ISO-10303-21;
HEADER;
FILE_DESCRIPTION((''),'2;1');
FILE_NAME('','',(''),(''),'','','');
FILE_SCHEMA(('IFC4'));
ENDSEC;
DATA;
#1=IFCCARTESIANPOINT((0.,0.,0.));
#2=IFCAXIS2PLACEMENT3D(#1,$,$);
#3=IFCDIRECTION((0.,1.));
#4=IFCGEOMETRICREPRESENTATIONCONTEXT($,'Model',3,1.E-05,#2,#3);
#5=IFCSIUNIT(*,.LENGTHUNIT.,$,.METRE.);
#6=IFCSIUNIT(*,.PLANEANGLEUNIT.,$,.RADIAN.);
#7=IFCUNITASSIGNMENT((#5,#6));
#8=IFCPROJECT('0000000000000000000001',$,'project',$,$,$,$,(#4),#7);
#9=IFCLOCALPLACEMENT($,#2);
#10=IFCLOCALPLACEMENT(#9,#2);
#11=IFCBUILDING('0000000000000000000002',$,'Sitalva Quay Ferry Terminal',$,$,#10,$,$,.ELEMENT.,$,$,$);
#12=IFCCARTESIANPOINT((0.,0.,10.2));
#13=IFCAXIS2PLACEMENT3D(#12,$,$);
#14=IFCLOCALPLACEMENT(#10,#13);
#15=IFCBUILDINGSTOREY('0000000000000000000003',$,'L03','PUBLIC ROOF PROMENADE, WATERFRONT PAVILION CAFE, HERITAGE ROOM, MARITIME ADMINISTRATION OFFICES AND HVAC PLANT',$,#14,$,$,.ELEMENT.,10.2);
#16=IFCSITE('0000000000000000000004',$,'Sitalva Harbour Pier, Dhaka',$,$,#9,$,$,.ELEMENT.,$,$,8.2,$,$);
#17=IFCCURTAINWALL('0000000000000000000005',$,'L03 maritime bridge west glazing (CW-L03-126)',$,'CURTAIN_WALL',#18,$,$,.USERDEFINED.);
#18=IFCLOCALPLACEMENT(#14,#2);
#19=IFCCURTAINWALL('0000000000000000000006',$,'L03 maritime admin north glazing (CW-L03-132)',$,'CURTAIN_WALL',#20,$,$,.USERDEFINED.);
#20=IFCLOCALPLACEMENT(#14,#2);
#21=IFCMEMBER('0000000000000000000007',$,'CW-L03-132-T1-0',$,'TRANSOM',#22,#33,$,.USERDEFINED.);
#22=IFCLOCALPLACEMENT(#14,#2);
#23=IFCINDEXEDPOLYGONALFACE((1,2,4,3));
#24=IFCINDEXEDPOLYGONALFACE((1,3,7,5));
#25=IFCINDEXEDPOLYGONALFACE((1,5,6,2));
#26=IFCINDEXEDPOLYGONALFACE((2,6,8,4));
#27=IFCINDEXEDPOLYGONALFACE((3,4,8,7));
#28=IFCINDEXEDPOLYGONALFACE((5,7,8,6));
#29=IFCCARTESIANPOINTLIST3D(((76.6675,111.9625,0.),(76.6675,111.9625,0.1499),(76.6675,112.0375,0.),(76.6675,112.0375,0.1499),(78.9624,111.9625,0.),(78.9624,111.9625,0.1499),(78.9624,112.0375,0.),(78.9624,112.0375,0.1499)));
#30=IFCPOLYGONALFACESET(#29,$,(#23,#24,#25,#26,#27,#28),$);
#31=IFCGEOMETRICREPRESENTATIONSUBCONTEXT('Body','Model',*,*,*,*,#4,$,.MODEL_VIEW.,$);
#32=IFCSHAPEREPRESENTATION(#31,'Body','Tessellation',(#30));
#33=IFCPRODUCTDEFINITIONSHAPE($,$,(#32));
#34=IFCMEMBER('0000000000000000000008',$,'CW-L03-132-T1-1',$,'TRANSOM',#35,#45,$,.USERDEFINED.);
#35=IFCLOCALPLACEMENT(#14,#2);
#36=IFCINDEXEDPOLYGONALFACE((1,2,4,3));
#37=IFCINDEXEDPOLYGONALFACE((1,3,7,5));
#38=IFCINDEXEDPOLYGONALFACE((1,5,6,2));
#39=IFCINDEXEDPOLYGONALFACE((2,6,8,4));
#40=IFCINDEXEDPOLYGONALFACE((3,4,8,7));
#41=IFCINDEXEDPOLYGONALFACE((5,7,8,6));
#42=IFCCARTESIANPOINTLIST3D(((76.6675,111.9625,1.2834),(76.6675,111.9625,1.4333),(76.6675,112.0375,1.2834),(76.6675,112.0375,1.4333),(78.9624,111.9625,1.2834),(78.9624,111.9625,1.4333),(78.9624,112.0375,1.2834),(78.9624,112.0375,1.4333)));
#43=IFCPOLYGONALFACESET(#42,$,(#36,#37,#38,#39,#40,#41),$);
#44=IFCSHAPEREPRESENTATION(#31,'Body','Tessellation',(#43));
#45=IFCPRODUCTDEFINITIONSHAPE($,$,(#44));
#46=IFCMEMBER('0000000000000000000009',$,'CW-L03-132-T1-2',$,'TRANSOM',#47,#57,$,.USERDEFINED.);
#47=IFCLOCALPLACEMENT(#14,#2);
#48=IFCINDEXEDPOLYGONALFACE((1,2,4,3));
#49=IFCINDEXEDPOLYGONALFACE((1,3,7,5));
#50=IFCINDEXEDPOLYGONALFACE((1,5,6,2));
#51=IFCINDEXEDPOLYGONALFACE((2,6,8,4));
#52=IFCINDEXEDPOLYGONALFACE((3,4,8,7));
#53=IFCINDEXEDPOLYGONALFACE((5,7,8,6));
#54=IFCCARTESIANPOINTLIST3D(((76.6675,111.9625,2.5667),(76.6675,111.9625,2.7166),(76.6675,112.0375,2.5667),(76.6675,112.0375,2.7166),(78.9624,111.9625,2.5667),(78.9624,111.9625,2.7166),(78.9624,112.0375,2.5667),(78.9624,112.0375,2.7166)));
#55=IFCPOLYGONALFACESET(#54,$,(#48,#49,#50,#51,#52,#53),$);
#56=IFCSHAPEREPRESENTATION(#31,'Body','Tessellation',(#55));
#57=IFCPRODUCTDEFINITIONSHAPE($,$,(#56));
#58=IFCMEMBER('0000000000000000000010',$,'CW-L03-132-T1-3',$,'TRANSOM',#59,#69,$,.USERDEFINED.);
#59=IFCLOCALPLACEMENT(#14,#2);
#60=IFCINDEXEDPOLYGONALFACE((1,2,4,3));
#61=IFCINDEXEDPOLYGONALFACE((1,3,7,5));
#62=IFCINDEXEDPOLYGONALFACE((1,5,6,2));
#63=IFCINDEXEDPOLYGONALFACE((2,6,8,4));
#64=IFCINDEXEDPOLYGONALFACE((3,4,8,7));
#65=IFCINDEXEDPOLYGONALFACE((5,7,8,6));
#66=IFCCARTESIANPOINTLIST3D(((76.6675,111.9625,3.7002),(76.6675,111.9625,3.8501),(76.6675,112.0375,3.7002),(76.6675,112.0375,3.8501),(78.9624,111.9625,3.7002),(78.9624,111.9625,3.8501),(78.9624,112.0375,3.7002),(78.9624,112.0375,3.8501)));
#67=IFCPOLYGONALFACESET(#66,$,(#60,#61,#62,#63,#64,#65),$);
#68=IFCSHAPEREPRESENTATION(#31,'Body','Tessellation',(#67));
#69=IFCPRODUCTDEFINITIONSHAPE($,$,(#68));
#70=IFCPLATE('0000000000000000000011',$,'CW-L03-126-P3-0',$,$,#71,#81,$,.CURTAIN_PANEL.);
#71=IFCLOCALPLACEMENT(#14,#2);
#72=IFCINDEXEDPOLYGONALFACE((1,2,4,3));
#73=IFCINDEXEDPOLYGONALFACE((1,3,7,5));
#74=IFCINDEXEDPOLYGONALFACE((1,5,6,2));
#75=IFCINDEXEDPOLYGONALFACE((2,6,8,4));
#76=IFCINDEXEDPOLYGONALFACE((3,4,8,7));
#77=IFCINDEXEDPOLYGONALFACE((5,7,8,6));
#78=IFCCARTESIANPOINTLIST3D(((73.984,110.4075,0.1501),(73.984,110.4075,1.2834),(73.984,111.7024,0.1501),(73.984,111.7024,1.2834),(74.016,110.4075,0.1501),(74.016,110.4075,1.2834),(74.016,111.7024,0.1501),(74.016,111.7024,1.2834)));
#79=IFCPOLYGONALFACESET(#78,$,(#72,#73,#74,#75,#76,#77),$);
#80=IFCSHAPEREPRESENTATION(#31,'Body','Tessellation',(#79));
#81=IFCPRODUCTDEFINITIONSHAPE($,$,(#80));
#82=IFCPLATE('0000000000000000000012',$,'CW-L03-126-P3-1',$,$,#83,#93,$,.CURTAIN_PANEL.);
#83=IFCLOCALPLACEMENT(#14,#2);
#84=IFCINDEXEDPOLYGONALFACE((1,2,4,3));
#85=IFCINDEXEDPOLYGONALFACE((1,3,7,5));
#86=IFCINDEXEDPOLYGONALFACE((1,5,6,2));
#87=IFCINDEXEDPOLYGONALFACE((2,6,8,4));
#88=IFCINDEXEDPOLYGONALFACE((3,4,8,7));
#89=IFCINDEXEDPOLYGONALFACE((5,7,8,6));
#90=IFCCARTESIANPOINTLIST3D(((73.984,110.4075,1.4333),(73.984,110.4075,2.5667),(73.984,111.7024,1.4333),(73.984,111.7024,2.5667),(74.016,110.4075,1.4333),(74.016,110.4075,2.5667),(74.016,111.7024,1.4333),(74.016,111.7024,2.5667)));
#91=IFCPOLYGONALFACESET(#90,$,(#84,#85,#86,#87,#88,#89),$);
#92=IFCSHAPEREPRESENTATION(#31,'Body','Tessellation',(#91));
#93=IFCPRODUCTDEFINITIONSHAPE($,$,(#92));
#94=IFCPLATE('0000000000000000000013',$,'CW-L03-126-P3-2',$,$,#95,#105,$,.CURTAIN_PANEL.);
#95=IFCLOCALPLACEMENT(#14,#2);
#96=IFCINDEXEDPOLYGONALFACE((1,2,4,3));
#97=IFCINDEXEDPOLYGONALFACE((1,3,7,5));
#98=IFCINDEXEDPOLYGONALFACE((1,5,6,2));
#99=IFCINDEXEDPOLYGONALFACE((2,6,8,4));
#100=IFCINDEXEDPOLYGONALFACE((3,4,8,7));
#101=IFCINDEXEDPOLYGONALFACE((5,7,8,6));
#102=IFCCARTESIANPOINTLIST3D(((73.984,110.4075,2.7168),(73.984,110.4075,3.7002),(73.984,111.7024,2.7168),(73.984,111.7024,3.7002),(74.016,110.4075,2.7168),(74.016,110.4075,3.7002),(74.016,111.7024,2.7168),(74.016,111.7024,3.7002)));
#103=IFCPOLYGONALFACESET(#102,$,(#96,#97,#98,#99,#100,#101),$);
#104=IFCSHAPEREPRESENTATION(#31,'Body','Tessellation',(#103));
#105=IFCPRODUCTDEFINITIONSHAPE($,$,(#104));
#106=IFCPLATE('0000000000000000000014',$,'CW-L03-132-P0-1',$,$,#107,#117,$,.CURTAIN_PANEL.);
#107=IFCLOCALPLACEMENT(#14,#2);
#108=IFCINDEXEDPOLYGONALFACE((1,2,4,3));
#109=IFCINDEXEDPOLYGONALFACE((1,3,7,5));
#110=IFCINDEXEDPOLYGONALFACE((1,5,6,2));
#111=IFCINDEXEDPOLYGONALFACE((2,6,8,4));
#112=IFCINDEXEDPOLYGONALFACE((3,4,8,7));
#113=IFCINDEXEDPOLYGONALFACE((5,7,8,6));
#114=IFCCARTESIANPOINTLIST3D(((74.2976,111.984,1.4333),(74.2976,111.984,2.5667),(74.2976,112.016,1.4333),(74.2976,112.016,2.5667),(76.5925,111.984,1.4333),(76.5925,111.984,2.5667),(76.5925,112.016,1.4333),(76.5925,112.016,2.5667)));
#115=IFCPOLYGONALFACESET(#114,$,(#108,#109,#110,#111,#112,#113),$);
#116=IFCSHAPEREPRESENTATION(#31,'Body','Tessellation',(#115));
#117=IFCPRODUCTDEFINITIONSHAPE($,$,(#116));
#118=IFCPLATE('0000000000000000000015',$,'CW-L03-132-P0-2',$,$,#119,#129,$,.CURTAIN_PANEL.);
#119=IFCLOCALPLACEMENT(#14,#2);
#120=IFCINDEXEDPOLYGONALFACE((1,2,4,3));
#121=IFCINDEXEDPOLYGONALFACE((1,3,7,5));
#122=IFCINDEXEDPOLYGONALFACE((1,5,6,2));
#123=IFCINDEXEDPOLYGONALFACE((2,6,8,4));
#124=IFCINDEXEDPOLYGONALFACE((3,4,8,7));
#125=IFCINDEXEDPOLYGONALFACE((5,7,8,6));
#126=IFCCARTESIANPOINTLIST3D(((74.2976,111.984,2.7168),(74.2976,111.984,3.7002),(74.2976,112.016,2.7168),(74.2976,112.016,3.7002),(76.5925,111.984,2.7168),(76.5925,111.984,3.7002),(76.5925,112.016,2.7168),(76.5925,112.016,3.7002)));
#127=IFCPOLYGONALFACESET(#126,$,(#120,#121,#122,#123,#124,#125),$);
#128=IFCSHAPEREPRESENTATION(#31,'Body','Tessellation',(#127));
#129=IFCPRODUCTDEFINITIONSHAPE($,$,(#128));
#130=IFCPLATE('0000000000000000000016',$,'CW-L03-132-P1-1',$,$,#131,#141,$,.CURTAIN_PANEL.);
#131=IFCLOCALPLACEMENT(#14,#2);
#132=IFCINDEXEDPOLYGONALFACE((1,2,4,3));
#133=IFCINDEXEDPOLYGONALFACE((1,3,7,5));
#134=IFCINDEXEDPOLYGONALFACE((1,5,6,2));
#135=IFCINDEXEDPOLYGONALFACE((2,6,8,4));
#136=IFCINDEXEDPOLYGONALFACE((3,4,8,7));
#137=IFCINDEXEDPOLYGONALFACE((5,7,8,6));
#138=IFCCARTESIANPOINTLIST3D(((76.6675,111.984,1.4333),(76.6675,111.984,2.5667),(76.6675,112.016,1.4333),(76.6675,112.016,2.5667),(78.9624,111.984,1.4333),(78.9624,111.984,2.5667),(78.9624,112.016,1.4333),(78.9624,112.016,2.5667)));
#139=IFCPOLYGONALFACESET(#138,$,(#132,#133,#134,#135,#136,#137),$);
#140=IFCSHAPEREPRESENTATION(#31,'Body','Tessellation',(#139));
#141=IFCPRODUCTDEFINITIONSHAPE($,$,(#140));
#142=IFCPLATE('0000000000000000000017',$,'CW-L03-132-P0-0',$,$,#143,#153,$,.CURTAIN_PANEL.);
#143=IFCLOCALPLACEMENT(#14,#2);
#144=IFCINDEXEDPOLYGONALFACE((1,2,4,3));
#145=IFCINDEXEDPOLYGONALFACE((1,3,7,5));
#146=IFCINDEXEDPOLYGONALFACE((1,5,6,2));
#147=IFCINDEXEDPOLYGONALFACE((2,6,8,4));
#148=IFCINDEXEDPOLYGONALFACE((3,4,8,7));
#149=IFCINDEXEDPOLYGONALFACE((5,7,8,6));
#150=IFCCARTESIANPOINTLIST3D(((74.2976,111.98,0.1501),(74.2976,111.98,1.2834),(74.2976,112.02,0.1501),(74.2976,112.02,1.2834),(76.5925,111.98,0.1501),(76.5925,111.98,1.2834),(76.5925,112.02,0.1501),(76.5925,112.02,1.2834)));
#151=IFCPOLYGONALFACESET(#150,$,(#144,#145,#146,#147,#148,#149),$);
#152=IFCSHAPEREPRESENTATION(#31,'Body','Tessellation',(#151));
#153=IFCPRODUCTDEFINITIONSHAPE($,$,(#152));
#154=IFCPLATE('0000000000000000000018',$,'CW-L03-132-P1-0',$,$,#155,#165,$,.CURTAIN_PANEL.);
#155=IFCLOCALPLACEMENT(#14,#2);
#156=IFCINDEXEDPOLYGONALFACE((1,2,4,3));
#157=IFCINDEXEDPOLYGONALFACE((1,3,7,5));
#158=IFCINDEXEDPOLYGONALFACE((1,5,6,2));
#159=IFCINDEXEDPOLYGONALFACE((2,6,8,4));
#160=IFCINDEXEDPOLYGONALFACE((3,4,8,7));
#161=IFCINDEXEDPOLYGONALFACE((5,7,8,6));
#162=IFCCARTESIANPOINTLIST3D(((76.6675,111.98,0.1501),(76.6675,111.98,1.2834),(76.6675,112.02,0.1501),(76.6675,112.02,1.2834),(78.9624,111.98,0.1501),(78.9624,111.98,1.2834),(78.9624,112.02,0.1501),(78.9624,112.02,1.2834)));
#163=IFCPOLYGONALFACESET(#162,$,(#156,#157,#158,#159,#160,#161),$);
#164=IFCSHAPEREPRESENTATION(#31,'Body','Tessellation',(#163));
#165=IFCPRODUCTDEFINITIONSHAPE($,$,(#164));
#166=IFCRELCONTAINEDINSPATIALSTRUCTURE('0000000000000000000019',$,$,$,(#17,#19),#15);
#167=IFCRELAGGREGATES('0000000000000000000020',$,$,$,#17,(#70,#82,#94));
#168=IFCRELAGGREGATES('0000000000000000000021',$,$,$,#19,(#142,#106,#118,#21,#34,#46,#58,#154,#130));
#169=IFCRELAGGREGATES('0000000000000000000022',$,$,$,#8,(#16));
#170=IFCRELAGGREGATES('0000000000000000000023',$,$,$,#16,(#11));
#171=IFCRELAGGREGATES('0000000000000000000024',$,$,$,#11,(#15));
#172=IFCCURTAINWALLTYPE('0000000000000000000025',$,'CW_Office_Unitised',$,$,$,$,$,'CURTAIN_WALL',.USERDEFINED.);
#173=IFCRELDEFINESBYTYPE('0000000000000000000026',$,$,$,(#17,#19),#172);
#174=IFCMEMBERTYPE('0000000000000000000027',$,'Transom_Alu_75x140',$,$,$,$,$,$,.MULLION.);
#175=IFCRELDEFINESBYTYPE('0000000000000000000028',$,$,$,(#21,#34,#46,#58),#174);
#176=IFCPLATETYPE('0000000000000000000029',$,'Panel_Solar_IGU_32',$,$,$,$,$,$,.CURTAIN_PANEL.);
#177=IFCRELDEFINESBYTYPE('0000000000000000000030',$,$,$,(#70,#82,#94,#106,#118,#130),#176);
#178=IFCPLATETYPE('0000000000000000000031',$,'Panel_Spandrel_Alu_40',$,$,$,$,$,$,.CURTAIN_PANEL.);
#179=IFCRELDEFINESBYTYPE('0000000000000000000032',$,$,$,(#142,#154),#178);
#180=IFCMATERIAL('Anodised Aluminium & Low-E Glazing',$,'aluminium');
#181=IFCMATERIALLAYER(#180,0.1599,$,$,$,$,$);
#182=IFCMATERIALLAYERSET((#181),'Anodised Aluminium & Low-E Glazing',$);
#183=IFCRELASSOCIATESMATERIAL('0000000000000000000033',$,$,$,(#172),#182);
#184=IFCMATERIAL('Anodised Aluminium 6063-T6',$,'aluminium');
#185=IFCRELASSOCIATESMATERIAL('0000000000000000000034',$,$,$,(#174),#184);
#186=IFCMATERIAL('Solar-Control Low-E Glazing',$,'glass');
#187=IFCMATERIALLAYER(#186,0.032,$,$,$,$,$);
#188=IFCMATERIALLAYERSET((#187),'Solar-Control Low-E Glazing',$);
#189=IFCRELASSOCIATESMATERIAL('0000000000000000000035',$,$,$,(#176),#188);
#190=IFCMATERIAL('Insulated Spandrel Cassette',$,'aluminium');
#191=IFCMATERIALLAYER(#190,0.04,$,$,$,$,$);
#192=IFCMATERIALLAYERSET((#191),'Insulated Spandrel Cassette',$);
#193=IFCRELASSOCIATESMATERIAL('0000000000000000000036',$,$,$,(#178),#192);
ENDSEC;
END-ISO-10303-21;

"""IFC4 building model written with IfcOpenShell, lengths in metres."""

from ifc_helpers import new_model, si_unit, direction, frame, origin, origin_2d, place, context, subcontext, project, spatial, rectangle, extrude, material, layer, layer_set, material_profile, profile_set, type_object, element, aggregate, save


model = new_model("IFC4")

# Units and contexts
model_context = context("Model", 3, precision=1e-05, world=origin(), true_north=direction((0.0, 1.0)))
body_context = subcontext(model_context, "Body", "Model", "MODEL_VIEW")
ifc_project = project(units=[si_unit("LENGTHUNIT", "METRE"), si_unit("PLANEANGLEUNIT", "RADIAN")], contexts=[model_context])

# Site, building, storey
site_placement = place(None, origin())
site = spatial("IfcSite", under=ifc_project, at=site_placement, Name="Sitalva Harbour Pier, Dhaka", CompositionType="ELEMENT", RefElevation=8.2)
building_placement = place(site_placement, origin())
building = spatial("IfcBuilding", under=site, at=building_placement, Name="Sitalva Quay Ferry Terminal", CompositionType="ELEMENT")
storey_placement = place(building_placement, frame((0.0, 0.0, 10.2)))
storey = spatial("IfcBuildingStorey", under=building, at=storey_placement, Name="L03", Description="PUBLIC ROOF PROMENADE, WATERFRONT PAVILION CAFE, HERITAGE ROOM, MARITIME ADMINISTRATION OFFICES AND HVAC PLANT", CompositionType="ELEMENT", Elevation=10.2)

# Curtain wall
ifc_material_1 = material(Name="Anodised Aluminium & Low-E Glazing", Category="aluminium")
ifc_layer_1 = layer(ifc_material_1, 0.1599)
ifc_layer_set_1 = layer_set([ifc_layer_1], Name="Anodised Aluminium & Low-E Glazing")
curtain_wall_type = type_object("IfcCurtainWallType", Name="CW_Office_Unitised", ElementType="CURTAIN_WALL", PredefinedType="USERDEFINED", material=ifc_layer_set_1)
curtain_wall_1_placement = place(storey_placement, origin())
curtain_wall_1 = element("IfcCurtainWall", 1, at=curtain_wall_1_placement, inside=storey, type_object=curtain_wall_type, Name="L03 maritime bridge west glazing (CW-L03-126)", ObjectType="CURTAIN_WALL", PredefinedType="USERDEFINED")

# Curtain wall, members
curtain_wall_2_placement = place(storey_placement, origin())
curtain_wall_2 = element("IfcCurtainWall", 2, at=curtain_wall_2_placement, inside=storey, type_object=curtain_wall_type, Name="L03 maritime admin north glazing (CW-L03-132)", ObjectType="CURTAIN_WALL", PredefinedType="USERDEFINED")
ifc_material_2 = material(Name="Anodised Aluminium 6063-T6", Category="aluminium")
ifc_material_profile_1 = material_profile(ifc_material_2, rectangle(XDim=0.075, YDim=0.1499, at=origin_2d()), Name="ALU75x150")
ifc_profile_set_1 = profile_set([ifc_material_profile_1], Name="Anodised Aluminium 6063-T6")
member_type_1 = type_object("IfcMemberType", Name="Transom_Alu_75x140", PredefinedType="MULLION", material=ifc_profile_set_1)
member_1_placement = place(storey_placement, frame((76.6675, 112.0, 0.075), z_axis=(1.0, 0.0, 0.0), x_axis=(0.0, 1.0, 0.0)))
member_1 = element("IfcMember", 3, at=member_1_placement, type_object=member_type_1, Name="CW-L03-132-T1-0", ObjectType="TRANSOM", PredefinedType="USERDEFINED", context=body_context, shape_type="SweptSolid", body=[
    extrude(rectangle(XDim=0.075, YDim=0.1499, at=origin_2d()), origin(), (0.0, 0.0, 1.0), 2.2949),
])
member_2_placement = place(storey_placement, frame((76.6675, 112.0, 1.3584), z_axis=(1.0, 0.0, 0.0), x_axis=(0.0, 1.0, 0.0)))
member_2 = element("IfcMember", 4, at=member_2_placement, type_object=member_type_1, Name="CW-L03-132-T1-1", ObjectType="TRANSOM", PredefinedType="USERDEFINED", context=body_context, shape_type="SweptSolid", body=[
    extrude(rectangle(XDim=0.075, YDim=0.1499, at=origin_2d()), origin(), (0.0, 0.0, 1.0), 2.2949),
])
member_3_placement = place(storey_placement, frame((76.6675, 112.0, 2.6416), z_axis=(1.0, 0.0, 0.0), x_axis=(0.0, 1.0, 0.0)))
member_3 = element("IfcMember", 5, at=member_3_placement, type_object=member_type_1, Name="CW-L03-132-T1-2", ObjectType="TRANSOM", PredefinedType="USERDEFINED", context=body_context, shape_type="SweptSolid", body=[
    extrude(rectangle(XDim=0.075, YDim=0.1499, at=origin_2d()), origin(), (0.0, 0.0, 1.0), 2.2949),
])
member_4_placement = place(storey_placement, frame((76.6675, 112.0, 3.7751), z_axis=(1.0, 0.0, 0.0), x_axis=(0.0, 1.0, 0.0)))
member_4 = element("IfcMember", 6, at=member_4_placement, type_object=member_type_1, Name="CW-L03-132-T1-3", ObjectType="TRANSOM", PredefinedType="USERDEFINED", context=body_context, shape_type="SweptSolid", body=[
    extrude(rectangle(XDim=0.075, YDim=0.1499, at=origin_2d()), origin(), (0.0, 0.0, 1.0), 2.2949),
])

# Plates
ifc_material_3 = material(Name="Solar-Control Low-E Glazing", Category="glass")
ifc_layer_2 = layer(ifc_material_3, 0.032)
ifc_layer_set_2 = layer_set([ifc_layer_2], Name="Solar-Control Low-E Glazing")
plate_type_1 = type_object("IfcPlateType", Name="Panel_Solar_IGU_32", PredefinedType="CURTAIN_PANEL", material=ifc_layer_set_2)
plate_1_placement = place(storey_placement, frame((74.0, 111.0549, 0.1501), z_axis=(0.0, 0.0, 1.0), x_axis=(0.0, 1.0, 0.0)))
plate_1 = element("IfcPlate", 7, at=plate_1_placement, type_object=plate_type_1, Name="CW-L03-126-P3-0", PredefinedType="CURTAIN_PANEL", context=body_context, shape_type="SweptSolid", body=[
    extrude(rectangle(XDim=1.2949, YDim=0.032, at=origin_2d()), origin(), (0.0, 0.0, 1.0), 1.1333),
])
plate_2_placement = place(storey_placement, frame((74.0, 111.0549, 1.4333), z_axis=(0.0, 0.0, 1.0), x_axis=(0.0, 1.0, 0.0)))
plate_2 = element("IfcPlate", 8, at=plate_2_placement, type_object=plate_type_1, Name="CW-L03-126-P3-1", PredefinedType="CURTAIN_PANEL", context=body_context, shape_type="SweptSolid", body=[
    extrude(rectangle(XDim=1.2949, YDim=0.032, at=origin_2d()), origin(), (0.0, 0.0, 1.0), 1.1333),
])
plate_3_placement = place(storey_placement, frame((74.0, 111.0549, 2.7168), z_axis=(0.0, 0.0, 1.0), x_axis=(0.0, 1.0, 0.0)))
plate_3 = element("IfcPlate", 9, at=plate_3_placement, type_object=plate_type_1, Name="CW-L03-126-P3-2", PredefinedType="CURTAIN_PANEL", context=body_context, shape_type="SweptSolid", body=[
    extrude(rectangle(XDim=1.2949, YDim=0.032, at=origin_2d()), origin(), (0.0, 0.0, 1.0), 0.9834),
])
aggregate(curtain_wall_1, [plate_1, plate_2, plate_3])
plate_4_placement = place(storey_placement, frame((75.4451, 112.0, 1.4333), z_axis=(0.0, 0.0, 1.0), x_axis=(1.0, 0.0, 0.0)))
plate_4 = element("IfcPlate", 10, at=plate_4_placement, type_object=plate_type_1, Name="CW-L03-132-P0-1", PredefinedType="CURTAIN_PANEL", context=body_context, shape_type="SweptSolid", body=[
    extrude(rectangle(XDim=2.2949, YDim=0.032, at=origin_2d()), origin(), (0.0, 0.0, 1.0), 1.1333),
])
plate_5_placement = place(storey_placement, frame((75.4451, 112.0, 2.7168), z_axis=(0.0, 0.0, 1.0), x_axis=(1.0, 0.0, 0.0)))
plate_5 = element("IfcPlate", 11, at=plate_5_placement, type_object=plate_type_1, Name="CW-L03-132-P0-2", PredefinedType="CURTAIN_PANEL", context=body_context, shape_type="SweptSolid", body=[
    extrude(rectangle(XDim=2.2949, YDim=0.032, at=origin_2d()), origin(), (0.0, 0.0, 1.0), 0.9834),
])
plate_6_placement = place(storey_placement, frame((77.8149, 112.0, 1.4333), z_axis=(0.0, 0.0, 1.0), x_axis=(1.0, 0.0, 0.0)))
plate_6 = element("IfcPlate", 12, at=plate_6_placement, type_object=plate_type_1, Name="CW-L03-132-P1-1", PredefinedType="CURTAIN_PANEL", context=body_context, shape_type="SweptSolid", body=[
    extrude(rectangle(XDim=2.2949, YDim=0.032, at=origin_2d()), origin(), (0.0, 0.0, 1.0), 1.1333),
])
ifc_material_4 = material(Name="Insulated Spandrel Cassette", Category="aluminium")
ifc_layer_3 = layer(ifc_material_4, 0.04)
ifc_layer_set_3 = layer_set([ifc_layer_3], Name="Insulated Spandrel Cassette")
plate_type_2 = type_object("IfcPlateType", Name="Panel_Spandrel_Alu_40", PredefinedType="CURTAIN_PANEL", material=ifc_layer_set_3)
plate_7_placement = place(storey_placement, frame((75.4451, 112.0, 0.1501), z_axis=(0.0, 0.0, 1.0), x_axis=(1.0, 0.0, 0.0)))
plate_7 = element("IfcPlate", 13, at=plate_7_placement, type_object=plate_type_2, Name="CW-L03-132-P0-0", PredefinedType="CURTAIN_PANEL", context=body_context, shape_type="SweptSolid", body=[
    extrude(rectangle(XDim=2.2949, YDim=0.04, at=origin_2d()), origin(), (0.0, 0.0, 1.0), 1.1333),
])
plate_8_placement = place(storey_placement, frame((77.8149, 112.0, 0.1501), z_axis=(0.0, 0.0, 1.0), x_axis=(1.0, 0.0, 0.0)))
plate_8 = element("IfcPlate", 14, at=plate_8_placement, type_object=plate_type_2, Name="CW-L03-132-P1-0", PredefinedType="CURTAIN_PANEL", context=body_context, shape_type="SweptSolid", body=[
    extrude(rectangle(XDim=2.2949, YDim=0.04, at=origin_2d()), origin(), (0.0, 0.0, 1.0), 1.1333),
])
aggregate(curtain_wall_2, [plate_7, plate_4, plate_5, member_1, member_2, member_3, member_4, plate_8, plate_6])

save(model, "model.ifc")
